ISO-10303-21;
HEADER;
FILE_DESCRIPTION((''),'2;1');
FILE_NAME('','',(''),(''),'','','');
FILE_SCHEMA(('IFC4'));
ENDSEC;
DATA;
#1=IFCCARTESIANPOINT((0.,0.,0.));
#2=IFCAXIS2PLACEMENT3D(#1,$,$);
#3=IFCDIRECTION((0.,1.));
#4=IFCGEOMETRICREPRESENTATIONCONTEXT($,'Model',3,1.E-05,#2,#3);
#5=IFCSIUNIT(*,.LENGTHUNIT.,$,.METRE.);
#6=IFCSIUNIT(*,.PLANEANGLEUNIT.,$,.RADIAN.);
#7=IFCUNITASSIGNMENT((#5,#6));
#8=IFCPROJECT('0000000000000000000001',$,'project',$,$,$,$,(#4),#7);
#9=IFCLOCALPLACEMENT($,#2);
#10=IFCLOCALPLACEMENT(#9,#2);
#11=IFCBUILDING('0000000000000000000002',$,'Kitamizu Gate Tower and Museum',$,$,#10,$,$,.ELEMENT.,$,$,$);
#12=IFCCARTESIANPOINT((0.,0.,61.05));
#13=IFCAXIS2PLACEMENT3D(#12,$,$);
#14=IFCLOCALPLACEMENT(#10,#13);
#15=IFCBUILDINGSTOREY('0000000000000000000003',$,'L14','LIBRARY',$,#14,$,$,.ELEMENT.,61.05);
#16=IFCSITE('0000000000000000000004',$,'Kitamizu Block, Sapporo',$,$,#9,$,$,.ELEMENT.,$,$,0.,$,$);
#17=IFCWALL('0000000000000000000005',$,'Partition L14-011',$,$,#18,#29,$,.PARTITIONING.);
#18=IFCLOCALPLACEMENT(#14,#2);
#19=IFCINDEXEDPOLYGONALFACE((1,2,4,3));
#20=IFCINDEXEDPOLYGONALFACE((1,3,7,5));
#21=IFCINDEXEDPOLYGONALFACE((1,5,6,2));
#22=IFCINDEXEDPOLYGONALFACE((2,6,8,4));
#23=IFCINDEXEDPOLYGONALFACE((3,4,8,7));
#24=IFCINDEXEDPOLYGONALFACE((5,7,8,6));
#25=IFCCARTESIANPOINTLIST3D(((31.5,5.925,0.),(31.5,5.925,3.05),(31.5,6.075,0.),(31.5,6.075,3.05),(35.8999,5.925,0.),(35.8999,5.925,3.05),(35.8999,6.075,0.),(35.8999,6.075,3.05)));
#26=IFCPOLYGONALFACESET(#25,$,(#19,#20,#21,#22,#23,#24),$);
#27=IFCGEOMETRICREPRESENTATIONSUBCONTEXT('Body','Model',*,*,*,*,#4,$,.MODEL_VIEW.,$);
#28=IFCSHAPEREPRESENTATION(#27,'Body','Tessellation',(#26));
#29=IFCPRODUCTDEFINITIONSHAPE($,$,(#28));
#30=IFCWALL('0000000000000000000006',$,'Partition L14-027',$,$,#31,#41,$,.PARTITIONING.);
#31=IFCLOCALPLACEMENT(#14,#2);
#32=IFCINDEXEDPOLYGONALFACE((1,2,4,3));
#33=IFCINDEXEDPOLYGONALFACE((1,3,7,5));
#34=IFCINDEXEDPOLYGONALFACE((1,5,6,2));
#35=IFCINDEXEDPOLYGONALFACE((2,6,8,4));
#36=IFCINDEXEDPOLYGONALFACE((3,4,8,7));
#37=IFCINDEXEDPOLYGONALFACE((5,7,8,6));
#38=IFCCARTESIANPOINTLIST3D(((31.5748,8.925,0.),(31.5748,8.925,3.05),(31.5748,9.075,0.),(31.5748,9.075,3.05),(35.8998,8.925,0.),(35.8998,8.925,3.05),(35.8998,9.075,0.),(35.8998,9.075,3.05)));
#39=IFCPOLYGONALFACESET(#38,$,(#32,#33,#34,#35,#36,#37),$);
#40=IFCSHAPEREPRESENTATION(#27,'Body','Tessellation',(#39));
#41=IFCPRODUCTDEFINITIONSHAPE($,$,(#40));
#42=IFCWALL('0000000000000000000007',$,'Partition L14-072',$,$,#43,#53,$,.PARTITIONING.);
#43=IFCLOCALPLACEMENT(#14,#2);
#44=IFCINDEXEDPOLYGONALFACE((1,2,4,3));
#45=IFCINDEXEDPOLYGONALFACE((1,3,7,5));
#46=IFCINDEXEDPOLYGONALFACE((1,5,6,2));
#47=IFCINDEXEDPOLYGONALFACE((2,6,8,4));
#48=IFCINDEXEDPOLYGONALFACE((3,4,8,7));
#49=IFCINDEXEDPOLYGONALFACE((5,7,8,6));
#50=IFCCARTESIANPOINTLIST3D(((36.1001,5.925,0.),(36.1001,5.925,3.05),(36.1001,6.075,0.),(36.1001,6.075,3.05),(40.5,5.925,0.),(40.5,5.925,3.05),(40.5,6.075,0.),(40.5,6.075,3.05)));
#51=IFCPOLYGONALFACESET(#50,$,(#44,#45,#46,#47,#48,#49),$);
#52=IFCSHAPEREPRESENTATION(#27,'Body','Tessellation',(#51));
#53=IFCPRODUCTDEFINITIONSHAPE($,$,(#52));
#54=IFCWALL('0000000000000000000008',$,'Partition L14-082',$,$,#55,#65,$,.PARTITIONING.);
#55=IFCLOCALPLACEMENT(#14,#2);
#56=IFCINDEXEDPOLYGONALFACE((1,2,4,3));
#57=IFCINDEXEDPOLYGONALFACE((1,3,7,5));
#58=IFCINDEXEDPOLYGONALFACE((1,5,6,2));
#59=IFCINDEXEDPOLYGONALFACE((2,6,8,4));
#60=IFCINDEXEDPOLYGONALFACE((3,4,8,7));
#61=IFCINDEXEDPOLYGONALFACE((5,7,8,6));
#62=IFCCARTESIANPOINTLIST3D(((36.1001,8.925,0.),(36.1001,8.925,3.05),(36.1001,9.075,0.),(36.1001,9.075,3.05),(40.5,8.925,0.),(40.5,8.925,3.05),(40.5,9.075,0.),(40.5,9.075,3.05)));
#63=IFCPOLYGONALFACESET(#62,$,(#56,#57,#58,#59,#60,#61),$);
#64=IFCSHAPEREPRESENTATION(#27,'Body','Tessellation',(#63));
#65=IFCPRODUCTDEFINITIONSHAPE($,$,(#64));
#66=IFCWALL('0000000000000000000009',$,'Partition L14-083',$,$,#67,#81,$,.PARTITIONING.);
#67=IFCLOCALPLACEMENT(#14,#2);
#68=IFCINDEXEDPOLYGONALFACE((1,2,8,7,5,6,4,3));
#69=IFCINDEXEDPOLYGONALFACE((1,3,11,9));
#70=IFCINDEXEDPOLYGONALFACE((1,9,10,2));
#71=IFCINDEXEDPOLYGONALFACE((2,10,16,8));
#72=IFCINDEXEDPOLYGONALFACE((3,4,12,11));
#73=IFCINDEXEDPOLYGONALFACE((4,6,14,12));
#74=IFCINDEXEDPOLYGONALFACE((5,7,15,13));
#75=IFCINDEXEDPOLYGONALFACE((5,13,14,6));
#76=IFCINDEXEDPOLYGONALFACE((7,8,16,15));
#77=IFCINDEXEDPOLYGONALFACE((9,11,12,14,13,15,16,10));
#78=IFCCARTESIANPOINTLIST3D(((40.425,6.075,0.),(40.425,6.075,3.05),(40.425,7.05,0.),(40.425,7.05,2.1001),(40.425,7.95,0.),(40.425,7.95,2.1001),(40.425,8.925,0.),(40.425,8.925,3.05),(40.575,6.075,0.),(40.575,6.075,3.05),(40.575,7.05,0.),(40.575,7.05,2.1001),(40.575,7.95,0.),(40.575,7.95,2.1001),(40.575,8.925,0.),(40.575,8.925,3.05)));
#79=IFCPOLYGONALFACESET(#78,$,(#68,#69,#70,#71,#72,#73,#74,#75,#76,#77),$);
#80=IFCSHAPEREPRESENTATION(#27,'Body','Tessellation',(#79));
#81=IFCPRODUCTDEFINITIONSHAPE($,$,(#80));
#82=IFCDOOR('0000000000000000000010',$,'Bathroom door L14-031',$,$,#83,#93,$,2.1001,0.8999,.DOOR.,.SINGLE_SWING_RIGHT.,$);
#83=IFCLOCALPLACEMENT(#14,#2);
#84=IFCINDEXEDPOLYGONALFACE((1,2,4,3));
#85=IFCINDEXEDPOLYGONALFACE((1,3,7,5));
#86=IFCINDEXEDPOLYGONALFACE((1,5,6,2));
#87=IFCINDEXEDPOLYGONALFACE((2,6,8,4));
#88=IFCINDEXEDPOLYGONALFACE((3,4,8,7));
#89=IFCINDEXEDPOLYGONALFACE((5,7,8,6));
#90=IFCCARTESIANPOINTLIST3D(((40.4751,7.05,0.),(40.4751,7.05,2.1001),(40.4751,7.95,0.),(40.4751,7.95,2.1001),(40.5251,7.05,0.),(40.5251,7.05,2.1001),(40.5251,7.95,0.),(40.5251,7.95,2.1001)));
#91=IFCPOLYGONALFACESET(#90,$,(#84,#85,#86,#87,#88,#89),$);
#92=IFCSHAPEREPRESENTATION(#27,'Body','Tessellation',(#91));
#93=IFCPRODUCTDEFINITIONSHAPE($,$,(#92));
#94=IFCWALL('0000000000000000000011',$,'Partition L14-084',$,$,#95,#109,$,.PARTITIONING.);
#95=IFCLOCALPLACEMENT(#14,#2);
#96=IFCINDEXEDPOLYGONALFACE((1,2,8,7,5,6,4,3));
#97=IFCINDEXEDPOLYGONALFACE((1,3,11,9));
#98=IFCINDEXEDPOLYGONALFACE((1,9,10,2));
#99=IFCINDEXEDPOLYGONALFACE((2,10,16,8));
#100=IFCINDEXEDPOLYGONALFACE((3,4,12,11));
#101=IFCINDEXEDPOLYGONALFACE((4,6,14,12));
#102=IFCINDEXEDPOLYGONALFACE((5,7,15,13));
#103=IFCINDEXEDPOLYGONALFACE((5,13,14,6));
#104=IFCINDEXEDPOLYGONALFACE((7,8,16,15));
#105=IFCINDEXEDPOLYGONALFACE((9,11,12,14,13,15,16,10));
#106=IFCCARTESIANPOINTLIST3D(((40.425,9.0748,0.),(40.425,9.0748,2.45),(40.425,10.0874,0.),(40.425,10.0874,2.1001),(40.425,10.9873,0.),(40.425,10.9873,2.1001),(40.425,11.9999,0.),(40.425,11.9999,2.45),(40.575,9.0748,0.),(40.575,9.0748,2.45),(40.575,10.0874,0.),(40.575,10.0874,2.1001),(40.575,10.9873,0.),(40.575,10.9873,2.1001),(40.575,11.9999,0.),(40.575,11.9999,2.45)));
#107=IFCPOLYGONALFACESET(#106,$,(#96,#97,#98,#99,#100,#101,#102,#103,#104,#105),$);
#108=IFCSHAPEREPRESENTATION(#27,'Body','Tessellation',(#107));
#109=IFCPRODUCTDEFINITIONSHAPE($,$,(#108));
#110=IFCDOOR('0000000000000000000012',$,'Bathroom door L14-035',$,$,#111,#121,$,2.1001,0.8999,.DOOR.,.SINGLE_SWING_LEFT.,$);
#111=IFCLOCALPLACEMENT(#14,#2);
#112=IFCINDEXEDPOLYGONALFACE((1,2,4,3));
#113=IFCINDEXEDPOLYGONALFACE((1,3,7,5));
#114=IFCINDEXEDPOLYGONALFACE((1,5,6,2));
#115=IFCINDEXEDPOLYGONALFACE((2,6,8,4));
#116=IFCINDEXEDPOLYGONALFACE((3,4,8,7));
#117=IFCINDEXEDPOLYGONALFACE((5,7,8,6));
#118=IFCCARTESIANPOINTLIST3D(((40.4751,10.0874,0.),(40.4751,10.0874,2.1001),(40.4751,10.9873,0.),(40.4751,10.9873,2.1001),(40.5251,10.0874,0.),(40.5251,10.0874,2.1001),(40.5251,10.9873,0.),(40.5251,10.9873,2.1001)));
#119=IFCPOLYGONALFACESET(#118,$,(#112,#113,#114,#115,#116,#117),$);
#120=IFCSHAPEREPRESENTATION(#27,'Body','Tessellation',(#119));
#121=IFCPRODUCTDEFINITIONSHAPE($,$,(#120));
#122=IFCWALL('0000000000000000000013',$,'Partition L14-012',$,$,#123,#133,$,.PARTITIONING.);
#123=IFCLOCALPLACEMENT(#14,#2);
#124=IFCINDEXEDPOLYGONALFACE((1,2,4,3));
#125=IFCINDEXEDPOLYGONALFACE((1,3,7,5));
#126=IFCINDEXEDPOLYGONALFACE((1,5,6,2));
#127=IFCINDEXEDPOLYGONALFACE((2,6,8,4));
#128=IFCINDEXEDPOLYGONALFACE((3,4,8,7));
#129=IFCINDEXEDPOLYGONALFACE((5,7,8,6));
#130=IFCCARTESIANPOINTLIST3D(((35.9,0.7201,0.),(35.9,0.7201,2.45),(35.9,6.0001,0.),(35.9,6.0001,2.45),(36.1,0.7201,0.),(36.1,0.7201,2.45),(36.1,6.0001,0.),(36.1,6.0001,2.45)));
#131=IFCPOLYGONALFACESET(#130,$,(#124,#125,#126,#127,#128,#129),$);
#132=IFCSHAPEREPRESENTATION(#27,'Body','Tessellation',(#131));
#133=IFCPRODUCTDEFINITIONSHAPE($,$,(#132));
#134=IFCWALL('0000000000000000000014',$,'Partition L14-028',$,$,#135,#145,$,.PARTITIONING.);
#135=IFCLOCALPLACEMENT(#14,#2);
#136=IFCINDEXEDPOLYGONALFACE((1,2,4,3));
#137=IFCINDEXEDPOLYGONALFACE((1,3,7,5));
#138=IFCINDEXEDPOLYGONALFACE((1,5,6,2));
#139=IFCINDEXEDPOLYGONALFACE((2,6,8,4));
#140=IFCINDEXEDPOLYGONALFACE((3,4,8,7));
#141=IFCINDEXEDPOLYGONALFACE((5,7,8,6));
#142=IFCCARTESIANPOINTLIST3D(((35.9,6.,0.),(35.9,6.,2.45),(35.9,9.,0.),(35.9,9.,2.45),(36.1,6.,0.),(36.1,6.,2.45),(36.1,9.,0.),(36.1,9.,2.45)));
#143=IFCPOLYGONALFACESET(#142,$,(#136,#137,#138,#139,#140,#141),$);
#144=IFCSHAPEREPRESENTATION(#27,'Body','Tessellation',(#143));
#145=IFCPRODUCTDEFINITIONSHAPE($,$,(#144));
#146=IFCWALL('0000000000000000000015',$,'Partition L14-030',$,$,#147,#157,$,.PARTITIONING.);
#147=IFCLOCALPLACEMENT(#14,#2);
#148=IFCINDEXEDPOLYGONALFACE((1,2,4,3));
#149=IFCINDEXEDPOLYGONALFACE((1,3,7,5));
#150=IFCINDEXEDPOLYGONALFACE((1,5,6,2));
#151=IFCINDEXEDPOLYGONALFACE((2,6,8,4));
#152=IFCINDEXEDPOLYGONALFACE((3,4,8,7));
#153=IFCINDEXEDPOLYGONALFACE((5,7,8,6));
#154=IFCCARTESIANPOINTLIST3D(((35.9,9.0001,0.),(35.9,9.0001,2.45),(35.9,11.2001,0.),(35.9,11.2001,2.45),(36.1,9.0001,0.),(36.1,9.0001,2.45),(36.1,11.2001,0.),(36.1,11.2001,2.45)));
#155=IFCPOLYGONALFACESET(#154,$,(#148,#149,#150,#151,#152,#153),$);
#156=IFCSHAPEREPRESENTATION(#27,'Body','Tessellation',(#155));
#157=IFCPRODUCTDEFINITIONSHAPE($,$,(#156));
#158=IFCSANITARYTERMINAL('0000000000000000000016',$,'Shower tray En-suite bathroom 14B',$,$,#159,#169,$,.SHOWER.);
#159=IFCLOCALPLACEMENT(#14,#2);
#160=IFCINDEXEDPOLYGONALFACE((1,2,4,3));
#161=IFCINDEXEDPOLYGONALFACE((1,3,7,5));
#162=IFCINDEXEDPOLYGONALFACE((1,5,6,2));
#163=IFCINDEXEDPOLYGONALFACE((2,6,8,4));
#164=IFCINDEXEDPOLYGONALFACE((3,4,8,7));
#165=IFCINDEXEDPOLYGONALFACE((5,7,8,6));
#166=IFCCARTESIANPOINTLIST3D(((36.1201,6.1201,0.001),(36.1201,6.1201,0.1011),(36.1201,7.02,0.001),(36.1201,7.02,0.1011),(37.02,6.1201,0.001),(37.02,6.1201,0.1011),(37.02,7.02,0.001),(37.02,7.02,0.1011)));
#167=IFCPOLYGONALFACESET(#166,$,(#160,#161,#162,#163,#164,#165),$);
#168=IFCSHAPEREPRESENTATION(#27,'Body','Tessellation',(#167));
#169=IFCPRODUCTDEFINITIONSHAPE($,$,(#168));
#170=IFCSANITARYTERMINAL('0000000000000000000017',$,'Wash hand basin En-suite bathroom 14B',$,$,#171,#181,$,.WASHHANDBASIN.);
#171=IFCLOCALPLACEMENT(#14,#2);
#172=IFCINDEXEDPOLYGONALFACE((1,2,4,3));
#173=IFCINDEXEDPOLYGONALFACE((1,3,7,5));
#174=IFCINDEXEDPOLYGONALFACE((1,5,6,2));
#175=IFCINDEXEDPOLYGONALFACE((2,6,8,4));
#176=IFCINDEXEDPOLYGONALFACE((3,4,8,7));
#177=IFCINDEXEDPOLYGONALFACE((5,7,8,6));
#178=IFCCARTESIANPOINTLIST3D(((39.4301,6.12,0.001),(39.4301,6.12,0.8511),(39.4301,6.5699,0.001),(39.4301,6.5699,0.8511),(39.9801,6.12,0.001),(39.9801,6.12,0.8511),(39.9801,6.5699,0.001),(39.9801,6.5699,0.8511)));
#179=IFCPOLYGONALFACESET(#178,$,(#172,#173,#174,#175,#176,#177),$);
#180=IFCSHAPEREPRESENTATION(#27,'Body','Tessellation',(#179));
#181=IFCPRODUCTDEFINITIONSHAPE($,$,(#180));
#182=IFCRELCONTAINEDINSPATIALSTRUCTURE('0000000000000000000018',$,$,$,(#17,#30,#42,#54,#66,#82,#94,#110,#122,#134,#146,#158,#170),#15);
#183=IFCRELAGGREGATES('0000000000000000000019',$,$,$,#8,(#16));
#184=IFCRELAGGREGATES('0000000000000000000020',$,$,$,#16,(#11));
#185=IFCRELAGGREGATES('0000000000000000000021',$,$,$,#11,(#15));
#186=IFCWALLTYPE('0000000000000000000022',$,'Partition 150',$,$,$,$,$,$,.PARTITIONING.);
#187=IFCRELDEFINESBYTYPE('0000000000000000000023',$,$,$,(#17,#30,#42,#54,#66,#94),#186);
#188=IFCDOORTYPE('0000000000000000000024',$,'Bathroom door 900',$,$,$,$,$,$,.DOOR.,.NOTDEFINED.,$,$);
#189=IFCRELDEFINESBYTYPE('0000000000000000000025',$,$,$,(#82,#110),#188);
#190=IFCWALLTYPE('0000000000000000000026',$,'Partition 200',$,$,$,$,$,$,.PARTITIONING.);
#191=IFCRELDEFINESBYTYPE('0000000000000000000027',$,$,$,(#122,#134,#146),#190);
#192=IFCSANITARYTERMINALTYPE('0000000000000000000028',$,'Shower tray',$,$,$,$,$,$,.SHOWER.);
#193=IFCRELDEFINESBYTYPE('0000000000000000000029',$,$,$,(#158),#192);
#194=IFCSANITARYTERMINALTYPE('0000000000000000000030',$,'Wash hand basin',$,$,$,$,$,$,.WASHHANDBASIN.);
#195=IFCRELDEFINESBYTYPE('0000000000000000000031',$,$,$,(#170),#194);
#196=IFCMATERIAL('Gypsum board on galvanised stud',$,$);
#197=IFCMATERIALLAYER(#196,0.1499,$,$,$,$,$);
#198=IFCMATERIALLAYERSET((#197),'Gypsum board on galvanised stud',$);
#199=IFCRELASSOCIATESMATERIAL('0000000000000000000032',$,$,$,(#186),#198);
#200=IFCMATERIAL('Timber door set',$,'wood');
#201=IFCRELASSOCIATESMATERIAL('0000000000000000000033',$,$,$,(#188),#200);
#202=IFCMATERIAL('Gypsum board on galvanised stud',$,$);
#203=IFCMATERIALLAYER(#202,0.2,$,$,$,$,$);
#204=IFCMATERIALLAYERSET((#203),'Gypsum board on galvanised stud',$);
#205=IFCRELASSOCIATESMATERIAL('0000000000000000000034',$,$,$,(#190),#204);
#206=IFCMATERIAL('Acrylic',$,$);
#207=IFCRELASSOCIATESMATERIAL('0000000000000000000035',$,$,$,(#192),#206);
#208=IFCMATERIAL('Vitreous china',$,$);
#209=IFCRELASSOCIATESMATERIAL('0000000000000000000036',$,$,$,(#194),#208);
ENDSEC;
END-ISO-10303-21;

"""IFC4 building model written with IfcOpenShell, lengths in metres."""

from ifc_helpers import new_model, si_unit, direction, frame, frame_2d, origin, origin_2d, place, context, subcontext, project, spatial, rectangle, extrude, material, layer, layer_set, type_object, element, fill, save


model = new_model("IFC4")

# Units and contexts
model_context = context("Model", 3, precision=1e-05, world=origin(), true_north=direction((0.0, 1.0)))
body_context = subcontext(model_context, "Body", "Model", "MODEL_VIEW")
ifc_project = project(units=[si_unit("LENGTHUNIT", "METRE"), si_unit("PLANEANGLEUNIT", "RADIAN")], contexts=[model_context])

# Site, building, storey
site_placement = place(None, origin())
site = spatial("IfcSite", under=ifc_project, at=site_placement, Name="Kitamizu Block, Sapporo", CompositionType="ELEMENT", RefElevation=0.0)
building_placement = place(site_placement, origin())
building = spatial("IfcBuilding", under=site, at=building_placement, Name="Kitamizu Gate Tower and Museum", CompositionType="ELEMENT")
storey_placement = place(building_placement, frame((0.0, 0.0, 61.05)))
storey = spatial("IfcBuildingStorey", under=building, at=storey_placement, Name="L14", Description="LIBRARY", CompositionType="ELEMENT", Elevation=61.05)

# Walls
ifc_material_1 = material(Name="Gypsum board on galvanised stud")
ifc_layer_1 = layer(ifc_material_1, 0.1499)
ifc_layer_set_1 = layer_set([ifc_layer_1], Name="Gypsum board on galvanised stud")
wall_type_1 = type_object("IfcWallType", Name="Partition 150", PredefinedType="PARTITIONING", material=ifc_layer_set_1)
wall_1_placement = place(storey_placement, frame((35.8999, 6.0, 0.0), z_axis=(0.0, 0.0, 1.0), x_axis=(-1.0, 0.0, 0.0)))
element("IfcWall", 1, at=wall_1_placement, inside=storey, type_object=wall_type_1, Name="Partition L14-011", PredefinedType="PARTITIONING", context=body_context, shape_type="SweptSolid", body=[
    extrude(rectangle(XDim=4.3999, YDim=0.1499, at=frame_2d((2.2, 0.0))), origin(), (0.0, 0.0, 1.0), 3.05),
])
wall_2_placement = place(storey_placement, frame((35.8999, 9.0, 0.0), z_axis=(0.0, 0.0, 1.0), x_axis=(-1.0, 0.0, 0.0)))
element("IfcWall", 2, at=wall_2_placement, inside=storey, type_object=wall_type_1, Name="Partition L14-027", PredefinedType="PARTITIONING", context=body_context, shape_type="SweptSolid", body=[
    extrude(rectangle(XDim=4.325, YDim=0.1499, at=frame_2d((2.1626, 0.0))), origin(), (0.0, 0.0, 1.0), 3.05),
])
for number, where, z_axis, x_axis, name in (
    (3, (40.5, 6.0, 0.0), (0.0, 0.0, 1.0), (-1.0, 0.0, 0.0), "Partition L14-072"),
    (4, (40.5, 9.0, 0.0), (0.0, 0.0, 1.0), (-1.0, 0.0, 0.0), "Partition L14-082"),
):
    element("IfcWall", number, at=place(storey_placement, frame(where, z_axis=z_axis, x_axis=x_axis)), inside=storey, type_object=wall_type_1, Name=name, PredefinedType="PARTITIONING", context=body_context, shape_type="SweptSolid", body=[
        extrude(rectangle(XDim=4.3999, YDim=0.1499, at=frame_2d((2.2, 0.0))), origin(), (0.0, 0.0, 1.0), 3.05),
    ])

# Walls, openings, doors
wall_3_placement = place(storey_placement, frame((40.5, 6.075, 0.0), z_axis=(0.0, 0.0, 1.0), x_axis=(0.0, 1.0, 0.0)))
wall_3 = element("IfcWall", 5, at=wall_3_placement, inside=storey, type_object=wall_type_1, Name="Partition L14-083", PredefinedType="PARTITIONING", context=body_context, shape_type="SweptSolid", body=[
    extrude(rectangle(XDim=2.8501, YDim=0.1499, at=frame_2d((1.425, 0.0))), origin(), (0.0, 0.0, 1.0), 3.05),
])
opening_1_placement = place(wall_3_placement, frame((0.9751, 0.0, 0.0)))
opening_1 = element("IfcOpeningElement", 6, at=opening_1_placement, cuts=wall_3, PredefinedType="OPENING", context=body_context, shape_type="SweptSolid", body=[
    extrude(rectangle(XDim=0.8999, YDim=2.1001, at=frame_2d((0.45, 1.05))), frame((0.0, 0.085, 0.0), z_axis=(0.0, -1.0, 0.0), x_axis=(1.0, 0.0, 0.0)), (0.0, 0.0, 1.0), 0.1699),
])
ifc_material_2 = material(Name="Timber door set", Category="wood")
door_type_1 = type_object("IfcDoorType", Name="Bathroom door 900", OperationType="NOTDEFINED", PredefinedType="DOOR", material=ifc_material_2)
door_1_placement = place(opening_1_placement, origin())
door_1 = element("IfcDoor", 7, at=door_1_placement, inside=storey, type_object=door_type_1, Name="Bathroom door L14-031", OperationType="SINGLE_SWING_RIGHT", OverallHeight=2.1001, OverallWidth=0.8999, PredefinedType="DOOR", context=body_context, shape_type="SweptSolid", body=[
    extrude(rectangle(XDim=0.8999, YDim=2.1001, at=frame_2d((0.45, 1.05))), frame((0.0, 0.0249, 0.0), z_axis=(0.0, -1.0, 0.0), x_axis=(1.0, 0.0, 0.0)), (0.0, 0.0, 1.0), 0.05),
])
fill(opening_1, door_1)
wall_4_placement = place(storey_placement, frame((40.5, 9.075, 0.0), z_axis=(0.0, 0.0, 1.0), x_axis=(0.0, 1.0, 0.0)))
wall_4 = element("IfcWall", 8, at=wall_4_placement, inside=storey, type_object=wall_type_1, Name="Partition L14-084", PredefinedType="PARTITIONING", context=body_context, shape_type="SweptSolid", body=[
    extrude(rectangle(XDim=2.925, YDim=0.1499, at=frame_2d((1.4624, 0.0))), origin(), (0.0, 0.0, 1.0), 2.45),
])
opening_2_placement = place(wall_4_placement, frame((1.0125, 0.0, 0.0)))
opening_2 = element("IfcOpeningElement", 9, at=opening_2_placement, cuts=wall_4, PredefinedType="OPENING", context=body_context, shape_type="SweptSolid", body=[
    extrude(rectangle(XDim=0.8999, YDim=2.1001, at=frame_2d((0.45, 1.05))), frame((0.0, 0.085, 0.0), z_axis=(0.0, -1.0, 0.0), x_axis=(1.0, 0.0, 0.0)), (0.0, 0.0, 1.0), 0.1699),
])
door_2_placement = place(opening_2_placement, origin())
door_2 = element("IfcDoor", 10, at=door_2_placement, inside=storey, type_object=door_type_1, Name="Bathroom door L14-035", OperationType="SINGLE_SWING_LEFT", OverallHeight=2.1001, OverallWidth=0.8999, PredefinedType="DOOR", context=body_context, shape_type="SweptSolid", body=[
    extrude(rectangle(XDim=0.8999, YDim=2.1001, at=frame_2d((0.45, 1.05))), frame((0.0, 0.0249, 0.0), z_axis=(0.0, -1.0, 0.0), x_axis=(1.0, 0.0, 0.0)), (0.0, 0.0, 1.0), 0.05),
])
fill(opening_2, door_2)

# Walls
ifc_material_3 = material(Name="Gypsum board on galvanised stud")
ifc_layer_2 = layer(ifc_material_3, 0.2)
ifc_layer_set_2 = layer_set([ifc_layer_2], Name="Gypsum board on galvanised stud")
wall_type_2 = type_object("IfcWallType", Name="Partition 200", PredefinedType="PARTITIONING", material=ifc_layer_set_2)
wall_5_placement = place(storey_placement, frame((36.0, 0.72, 0.0), z_axis=(0.0, 0.0, 1.0), x_axis=(0.0, 1.0, 0.0)))
element("IfcWall", 11, at=wall_5_placement, inside=storey, type_object=wall_type_2, Name="Partition L14-012", PredefinedType="PARTITIONING", context=body_context, shape_type="SweptSolid", body=[
    extrude(rectangle(XDim=5.28, YDim=0.2, at=frame_2d((2.6401, 0.0))), origin(), (0.0, 0.0, 1.0), 2.45),
])
wall_6_placement = place(storey_placement, frame((36.0, 6.0, 0.0), z_axis=(0.0, 0.0, 1.0), x_axis=(0.0, 1.0, 0.0)))
element("IfcWall", 12, at=wall_6_placement, inside=storey, type_object=wall_type_2, Name="Partition L14-028", PredefinedType="PARTITIONING", context=body_context, shape_type="SweptSolid", body=[
    extrude(rectangle(XDim=3.0, YDim=0.2, at=frame_2d((1.5, 0.0))), origin(), (0.0, 0.0, 1.0), 2.45),
])
wall_7_placement = place(storey_placement, frame((36.0, 9.0, 0.0), z_axis=(0.0, 0.0, 1.0), x_axis=(0.0, 1.0, 0.0)))
element("IfcWall", 13, at=wall_7_placement, inside=storey, type_object=wall_type_2, Name="Partition L14-030", PredefinedType="PARTITIONING", context=body_context, shape_type="SweptSolid", body=[
    extrude(rectangle(XDim=2.2, YDim=0.2, at=frame_2d((1.1001, 0.0))), origin(), (0.0, 0.0, 1.0), 2.45),
])

# Sanitary terminals
ifc_material_4 = material(Name="Acrylic")
sanitary_terminal_type_1 = type_object("IfcSanitaryTerminalType", Name="Shower tray", PredefinedType="SHOWER", material=ifc_material_4)
sanitary_terminal_1_placement = place(storey_placement, frame((36.5701, 6.5701, 0.001), z_axis=(0.0, 0.0, 1.0), x_axis=(1.0, 0.0, 0.0)))
element("IfcSanitaryTerminal", 14, at=sanitary_terminal_1_placement, inside=storey, type_object=sanitary_terminal_type_1, Name="Shower tray En-suite bathroom 14B", PredefinedType="SHOWER", context=body_context, shape_type="SweptSolid", body=[
    extrude(rectangle(XDim=0.8999, YDim=0.8999, at=origin_2d()), origin(), (0.0, 0.0, 1.0), 0.1001),
])
ifc_material_5 = material(Name="Vitreous china")
sanitary_terminal_type_2 = type_object("IfcSanitaryTerminalType", Name="Wash hand basin", PredefinedType="WASHHANDBASIN", material=ifc_material_5)
sanitary_terminal_2_placement = place(storey_placement, frame((39.7051, 6.345, 0.001), z_axis=(0.0, 0.0, 1.0), x_axis=(1.0, 0.0, 0.0)))
element("IfcSanitaryTerminal", 15, at=sanitary_terminal_2_placement, inside=storey, type_object=sanitary_terminal_type_2, Name="Wash hand basin En-suite bathroom 14B", PredefinedType="WASHHANDBASIN", context=body_context, shape_type="SweptSolid", body=[
    extrude(rectangle(XDim=0.55, YDim=0.45, at=origin_2d()), origin(), (0.0, 0.0, 1.0), 0.8501),
])

save(model, "model.ifc")
